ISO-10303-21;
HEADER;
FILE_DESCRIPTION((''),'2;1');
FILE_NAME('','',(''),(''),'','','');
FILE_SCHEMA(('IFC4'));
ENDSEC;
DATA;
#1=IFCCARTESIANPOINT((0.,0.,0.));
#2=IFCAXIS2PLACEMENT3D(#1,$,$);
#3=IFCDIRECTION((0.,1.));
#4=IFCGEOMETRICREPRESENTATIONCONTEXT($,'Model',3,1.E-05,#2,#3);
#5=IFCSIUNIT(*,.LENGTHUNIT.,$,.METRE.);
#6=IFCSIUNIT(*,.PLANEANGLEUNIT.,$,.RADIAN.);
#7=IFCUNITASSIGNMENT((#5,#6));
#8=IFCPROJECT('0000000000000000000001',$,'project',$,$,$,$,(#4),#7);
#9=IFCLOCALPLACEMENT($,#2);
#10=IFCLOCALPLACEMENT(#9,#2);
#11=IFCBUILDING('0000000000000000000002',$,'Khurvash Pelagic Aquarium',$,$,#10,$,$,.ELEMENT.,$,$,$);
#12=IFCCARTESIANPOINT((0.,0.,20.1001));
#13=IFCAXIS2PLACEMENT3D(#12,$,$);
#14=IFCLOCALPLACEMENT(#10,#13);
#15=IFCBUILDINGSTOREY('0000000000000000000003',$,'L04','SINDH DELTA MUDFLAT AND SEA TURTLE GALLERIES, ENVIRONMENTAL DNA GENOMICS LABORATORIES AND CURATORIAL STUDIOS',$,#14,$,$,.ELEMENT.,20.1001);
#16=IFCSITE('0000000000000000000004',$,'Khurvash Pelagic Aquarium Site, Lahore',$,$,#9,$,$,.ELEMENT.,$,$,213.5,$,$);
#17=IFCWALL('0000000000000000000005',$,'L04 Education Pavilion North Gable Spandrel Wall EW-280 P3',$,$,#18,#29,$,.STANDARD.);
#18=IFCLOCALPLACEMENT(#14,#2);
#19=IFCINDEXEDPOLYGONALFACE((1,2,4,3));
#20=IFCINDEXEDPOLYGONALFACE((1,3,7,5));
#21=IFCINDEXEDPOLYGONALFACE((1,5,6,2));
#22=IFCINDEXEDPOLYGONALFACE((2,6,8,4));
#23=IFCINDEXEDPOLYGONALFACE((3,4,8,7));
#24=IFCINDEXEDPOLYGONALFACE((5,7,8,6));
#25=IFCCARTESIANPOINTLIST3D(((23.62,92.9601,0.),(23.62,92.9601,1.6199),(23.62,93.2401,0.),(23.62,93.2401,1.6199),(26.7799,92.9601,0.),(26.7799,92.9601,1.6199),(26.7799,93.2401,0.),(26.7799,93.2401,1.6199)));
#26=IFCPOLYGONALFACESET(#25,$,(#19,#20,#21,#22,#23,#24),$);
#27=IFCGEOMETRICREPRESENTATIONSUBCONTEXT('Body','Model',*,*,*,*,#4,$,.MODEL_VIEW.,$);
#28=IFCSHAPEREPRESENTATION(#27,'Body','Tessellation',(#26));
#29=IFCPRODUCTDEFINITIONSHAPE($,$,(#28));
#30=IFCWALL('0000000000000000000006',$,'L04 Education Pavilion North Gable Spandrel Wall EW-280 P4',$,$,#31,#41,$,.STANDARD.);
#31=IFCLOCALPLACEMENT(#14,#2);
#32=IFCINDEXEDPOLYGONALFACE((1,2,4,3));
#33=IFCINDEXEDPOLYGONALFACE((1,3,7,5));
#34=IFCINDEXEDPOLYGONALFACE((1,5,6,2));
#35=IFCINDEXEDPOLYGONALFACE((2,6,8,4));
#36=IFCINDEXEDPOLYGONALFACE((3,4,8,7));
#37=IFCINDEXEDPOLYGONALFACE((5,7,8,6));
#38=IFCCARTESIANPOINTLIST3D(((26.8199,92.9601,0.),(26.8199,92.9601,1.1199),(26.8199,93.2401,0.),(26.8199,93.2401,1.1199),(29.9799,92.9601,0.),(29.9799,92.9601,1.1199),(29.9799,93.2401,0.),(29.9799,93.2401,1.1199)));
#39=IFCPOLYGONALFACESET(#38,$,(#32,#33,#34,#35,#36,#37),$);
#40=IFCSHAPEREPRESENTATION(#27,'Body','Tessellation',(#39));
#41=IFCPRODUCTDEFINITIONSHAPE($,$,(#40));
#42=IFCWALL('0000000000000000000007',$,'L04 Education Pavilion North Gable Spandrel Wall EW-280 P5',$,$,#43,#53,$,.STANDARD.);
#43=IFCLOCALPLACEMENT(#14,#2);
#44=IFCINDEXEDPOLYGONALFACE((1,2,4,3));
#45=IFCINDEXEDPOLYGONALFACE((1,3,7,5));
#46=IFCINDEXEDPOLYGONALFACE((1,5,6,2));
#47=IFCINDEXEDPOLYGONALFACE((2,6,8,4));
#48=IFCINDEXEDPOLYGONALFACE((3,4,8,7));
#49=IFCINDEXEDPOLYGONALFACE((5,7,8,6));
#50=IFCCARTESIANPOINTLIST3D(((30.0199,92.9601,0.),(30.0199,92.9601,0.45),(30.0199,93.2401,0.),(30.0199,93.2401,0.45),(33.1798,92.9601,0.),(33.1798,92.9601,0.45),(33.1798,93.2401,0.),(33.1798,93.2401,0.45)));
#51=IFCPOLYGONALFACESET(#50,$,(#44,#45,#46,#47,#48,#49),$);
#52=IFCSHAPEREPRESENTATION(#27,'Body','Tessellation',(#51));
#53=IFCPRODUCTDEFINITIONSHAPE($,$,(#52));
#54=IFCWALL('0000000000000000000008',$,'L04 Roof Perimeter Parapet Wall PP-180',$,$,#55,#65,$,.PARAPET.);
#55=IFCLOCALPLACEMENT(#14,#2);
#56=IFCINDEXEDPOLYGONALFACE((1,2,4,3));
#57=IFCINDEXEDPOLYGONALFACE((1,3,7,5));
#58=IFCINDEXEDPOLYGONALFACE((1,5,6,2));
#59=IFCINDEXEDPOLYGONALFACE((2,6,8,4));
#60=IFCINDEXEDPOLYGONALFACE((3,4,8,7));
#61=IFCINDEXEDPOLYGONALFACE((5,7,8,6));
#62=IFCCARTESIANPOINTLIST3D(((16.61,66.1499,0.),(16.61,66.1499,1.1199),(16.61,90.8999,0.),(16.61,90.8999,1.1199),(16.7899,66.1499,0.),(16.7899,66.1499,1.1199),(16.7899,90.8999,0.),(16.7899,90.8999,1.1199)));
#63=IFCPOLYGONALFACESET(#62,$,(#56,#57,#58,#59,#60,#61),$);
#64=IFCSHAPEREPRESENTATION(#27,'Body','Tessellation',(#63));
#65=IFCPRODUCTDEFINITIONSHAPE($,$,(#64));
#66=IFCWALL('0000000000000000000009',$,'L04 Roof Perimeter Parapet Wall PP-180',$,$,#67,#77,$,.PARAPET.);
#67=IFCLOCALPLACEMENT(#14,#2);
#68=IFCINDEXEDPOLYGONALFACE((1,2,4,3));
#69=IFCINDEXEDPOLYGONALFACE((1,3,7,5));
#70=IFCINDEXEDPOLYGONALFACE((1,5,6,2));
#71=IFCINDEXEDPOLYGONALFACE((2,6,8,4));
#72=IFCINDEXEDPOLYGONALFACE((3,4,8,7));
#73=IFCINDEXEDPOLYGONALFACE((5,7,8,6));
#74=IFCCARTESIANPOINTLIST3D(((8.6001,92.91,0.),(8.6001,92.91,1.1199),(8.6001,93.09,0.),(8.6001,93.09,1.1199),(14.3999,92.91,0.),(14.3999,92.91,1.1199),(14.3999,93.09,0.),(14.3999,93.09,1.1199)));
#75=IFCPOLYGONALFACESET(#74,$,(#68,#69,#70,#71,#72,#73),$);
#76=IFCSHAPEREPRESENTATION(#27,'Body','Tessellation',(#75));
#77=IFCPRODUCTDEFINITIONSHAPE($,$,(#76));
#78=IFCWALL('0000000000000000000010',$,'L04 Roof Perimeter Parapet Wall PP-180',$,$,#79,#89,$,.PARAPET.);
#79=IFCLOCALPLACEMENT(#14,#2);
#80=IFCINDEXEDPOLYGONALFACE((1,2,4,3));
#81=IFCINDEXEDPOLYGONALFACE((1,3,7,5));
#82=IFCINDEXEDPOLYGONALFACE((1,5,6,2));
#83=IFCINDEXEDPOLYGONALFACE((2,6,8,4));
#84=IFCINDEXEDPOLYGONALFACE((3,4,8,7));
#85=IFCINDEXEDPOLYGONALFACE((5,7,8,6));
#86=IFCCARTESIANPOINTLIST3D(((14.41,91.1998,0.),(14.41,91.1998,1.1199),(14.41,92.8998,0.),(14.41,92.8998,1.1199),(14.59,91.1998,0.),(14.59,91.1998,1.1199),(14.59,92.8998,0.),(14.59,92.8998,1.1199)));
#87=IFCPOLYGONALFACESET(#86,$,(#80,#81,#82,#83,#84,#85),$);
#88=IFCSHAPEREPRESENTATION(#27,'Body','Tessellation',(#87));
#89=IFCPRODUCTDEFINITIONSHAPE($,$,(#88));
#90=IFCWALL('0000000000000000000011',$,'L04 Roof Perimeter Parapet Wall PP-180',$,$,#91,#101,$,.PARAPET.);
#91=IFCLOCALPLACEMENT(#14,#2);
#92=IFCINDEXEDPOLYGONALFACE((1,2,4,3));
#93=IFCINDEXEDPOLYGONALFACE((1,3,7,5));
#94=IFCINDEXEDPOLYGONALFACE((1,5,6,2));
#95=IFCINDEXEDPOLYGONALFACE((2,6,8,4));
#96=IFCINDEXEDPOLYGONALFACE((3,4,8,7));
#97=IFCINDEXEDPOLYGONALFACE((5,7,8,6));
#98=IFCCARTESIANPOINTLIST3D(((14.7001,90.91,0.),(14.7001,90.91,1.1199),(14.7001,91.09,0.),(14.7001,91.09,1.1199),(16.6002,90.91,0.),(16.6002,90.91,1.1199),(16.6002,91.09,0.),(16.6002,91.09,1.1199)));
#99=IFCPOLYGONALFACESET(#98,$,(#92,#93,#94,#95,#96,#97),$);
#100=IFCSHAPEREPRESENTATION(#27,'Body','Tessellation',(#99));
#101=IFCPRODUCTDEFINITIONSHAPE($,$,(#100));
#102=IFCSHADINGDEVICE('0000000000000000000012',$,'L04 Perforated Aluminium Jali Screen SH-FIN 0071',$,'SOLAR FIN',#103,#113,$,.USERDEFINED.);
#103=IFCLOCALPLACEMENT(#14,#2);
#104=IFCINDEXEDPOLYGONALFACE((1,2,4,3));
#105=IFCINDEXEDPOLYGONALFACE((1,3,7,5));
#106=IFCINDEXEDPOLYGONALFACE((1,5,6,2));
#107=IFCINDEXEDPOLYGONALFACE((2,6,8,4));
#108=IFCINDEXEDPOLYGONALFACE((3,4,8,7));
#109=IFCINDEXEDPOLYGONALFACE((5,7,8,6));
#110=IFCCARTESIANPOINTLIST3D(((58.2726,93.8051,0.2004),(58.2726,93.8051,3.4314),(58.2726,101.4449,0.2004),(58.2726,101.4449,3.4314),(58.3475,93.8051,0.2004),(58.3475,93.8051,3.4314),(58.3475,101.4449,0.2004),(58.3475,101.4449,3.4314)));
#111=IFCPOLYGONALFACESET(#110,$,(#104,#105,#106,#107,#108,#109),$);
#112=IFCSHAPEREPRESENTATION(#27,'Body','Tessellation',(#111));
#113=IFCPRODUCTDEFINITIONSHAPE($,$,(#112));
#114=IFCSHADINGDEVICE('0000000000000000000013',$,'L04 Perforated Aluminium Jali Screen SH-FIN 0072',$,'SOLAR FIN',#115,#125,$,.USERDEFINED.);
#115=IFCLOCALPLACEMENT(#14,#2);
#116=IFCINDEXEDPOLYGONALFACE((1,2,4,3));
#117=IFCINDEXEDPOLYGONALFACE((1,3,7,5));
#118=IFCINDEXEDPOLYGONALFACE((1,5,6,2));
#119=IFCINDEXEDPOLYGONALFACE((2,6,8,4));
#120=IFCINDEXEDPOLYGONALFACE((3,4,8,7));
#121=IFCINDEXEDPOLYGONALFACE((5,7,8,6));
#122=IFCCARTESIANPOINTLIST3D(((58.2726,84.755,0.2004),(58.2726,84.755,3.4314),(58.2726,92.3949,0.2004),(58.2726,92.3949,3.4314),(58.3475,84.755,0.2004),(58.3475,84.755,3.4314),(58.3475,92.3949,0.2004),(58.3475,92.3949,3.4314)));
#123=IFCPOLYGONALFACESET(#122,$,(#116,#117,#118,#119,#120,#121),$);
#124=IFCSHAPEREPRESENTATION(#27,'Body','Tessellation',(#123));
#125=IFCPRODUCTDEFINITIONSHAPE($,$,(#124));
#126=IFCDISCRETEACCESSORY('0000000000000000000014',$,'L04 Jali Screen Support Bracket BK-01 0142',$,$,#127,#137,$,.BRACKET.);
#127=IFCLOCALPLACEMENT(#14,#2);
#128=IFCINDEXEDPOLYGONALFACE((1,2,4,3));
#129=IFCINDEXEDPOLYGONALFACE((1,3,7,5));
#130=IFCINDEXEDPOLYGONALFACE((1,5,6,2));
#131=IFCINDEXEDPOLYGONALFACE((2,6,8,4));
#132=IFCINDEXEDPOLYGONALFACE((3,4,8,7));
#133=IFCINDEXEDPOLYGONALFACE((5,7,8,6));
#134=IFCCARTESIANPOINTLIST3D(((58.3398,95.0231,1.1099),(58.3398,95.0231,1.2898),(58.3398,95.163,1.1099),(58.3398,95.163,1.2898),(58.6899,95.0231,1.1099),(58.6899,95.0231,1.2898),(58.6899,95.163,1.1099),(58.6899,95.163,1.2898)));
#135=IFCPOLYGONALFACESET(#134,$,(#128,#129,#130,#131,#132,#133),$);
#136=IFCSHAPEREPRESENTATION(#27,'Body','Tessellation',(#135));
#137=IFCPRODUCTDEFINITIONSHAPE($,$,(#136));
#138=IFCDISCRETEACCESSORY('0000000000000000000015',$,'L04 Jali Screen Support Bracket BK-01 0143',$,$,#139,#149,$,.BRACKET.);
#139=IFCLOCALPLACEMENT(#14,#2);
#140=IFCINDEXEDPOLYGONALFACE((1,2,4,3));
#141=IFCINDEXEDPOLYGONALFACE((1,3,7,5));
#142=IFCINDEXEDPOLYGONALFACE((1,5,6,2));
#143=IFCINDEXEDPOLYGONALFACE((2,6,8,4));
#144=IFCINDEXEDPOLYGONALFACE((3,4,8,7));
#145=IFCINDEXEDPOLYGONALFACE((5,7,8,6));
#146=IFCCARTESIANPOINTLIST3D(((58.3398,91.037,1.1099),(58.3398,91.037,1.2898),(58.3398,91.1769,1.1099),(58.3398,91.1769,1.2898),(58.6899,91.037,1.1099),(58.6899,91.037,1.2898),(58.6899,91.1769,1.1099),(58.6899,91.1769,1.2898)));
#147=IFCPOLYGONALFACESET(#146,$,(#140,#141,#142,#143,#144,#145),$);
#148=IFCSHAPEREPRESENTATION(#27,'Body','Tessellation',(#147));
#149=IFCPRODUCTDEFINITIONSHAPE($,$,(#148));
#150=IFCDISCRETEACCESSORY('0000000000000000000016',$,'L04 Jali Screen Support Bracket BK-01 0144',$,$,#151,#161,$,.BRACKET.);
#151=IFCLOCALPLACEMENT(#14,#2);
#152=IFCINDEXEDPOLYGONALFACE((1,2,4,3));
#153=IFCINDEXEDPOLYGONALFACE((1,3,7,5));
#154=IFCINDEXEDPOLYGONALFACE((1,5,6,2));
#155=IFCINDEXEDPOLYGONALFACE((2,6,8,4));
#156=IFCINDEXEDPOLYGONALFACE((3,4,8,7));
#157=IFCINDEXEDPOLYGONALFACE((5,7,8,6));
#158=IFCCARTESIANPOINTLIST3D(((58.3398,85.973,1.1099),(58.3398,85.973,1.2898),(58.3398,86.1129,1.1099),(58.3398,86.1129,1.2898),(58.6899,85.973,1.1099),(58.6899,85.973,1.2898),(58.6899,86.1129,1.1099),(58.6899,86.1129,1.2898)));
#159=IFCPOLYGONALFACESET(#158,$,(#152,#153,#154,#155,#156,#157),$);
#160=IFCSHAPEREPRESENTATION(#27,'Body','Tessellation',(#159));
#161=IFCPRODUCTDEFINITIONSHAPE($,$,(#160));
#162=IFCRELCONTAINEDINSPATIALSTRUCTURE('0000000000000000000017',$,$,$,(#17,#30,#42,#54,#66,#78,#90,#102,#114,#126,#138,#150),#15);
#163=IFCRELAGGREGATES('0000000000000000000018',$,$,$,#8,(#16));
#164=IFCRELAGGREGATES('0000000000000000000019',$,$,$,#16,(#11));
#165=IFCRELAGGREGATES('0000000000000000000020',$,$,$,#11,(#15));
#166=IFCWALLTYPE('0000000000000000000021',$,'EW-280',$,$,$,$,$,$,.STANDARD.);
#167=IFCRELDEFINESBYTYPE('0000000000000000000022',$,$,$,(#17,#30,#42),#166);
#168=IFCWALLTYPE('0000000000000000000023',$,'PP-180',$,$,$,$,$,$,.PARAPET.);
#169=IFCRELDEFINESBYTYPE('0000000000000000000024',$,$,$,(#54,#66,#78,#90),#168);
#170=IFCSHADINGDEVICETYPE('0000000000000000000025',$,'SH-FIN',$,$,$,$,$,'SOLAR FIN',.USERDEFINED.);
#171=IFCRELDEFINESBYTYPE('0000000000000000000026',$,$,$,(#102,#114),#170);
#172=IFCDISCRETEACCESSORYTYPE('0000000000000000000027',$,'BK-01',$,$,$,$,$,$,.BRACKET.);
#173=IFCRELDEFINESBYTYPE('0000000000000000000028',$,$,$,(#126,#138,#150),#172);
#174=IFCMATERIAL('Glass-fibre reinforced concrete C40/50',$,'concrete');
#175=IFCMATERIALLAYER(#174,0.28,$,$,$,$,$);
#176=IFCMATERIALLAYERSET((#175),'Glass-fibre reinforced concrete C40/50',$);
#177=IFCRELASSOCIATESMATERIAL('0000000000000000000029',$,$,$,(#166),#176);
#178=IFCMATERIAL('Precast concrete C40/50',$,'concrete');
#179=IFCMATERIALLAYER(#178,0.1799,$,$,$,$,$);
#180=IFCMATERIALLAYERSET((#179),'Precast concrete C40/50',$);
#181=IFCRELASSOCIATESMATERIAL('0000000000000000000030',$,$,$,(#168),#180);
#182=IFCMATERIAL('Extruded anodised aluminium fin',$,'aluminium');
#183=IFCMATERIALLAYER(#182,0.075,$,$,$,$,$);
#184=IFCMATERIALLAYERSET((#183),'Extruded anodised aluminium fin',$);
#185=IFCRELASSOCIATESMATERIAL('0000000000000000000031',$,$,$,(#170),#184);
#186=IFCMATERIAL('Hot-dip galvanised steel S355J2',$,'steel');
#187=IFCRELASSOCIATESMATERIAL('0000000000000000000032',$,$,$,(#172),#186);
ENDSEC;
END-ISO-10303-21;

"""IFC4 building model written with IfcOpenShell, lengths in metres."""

from ifc_helpers import new_model, si_unit, direction, frame, frame_2d, origin, origin_2d, place, context, subcontext, project, spatial, rectangle, extrude, material, layer, layer_set, type_object, element, save


model = new_model("IFC4")

# Units and contexts
model_context = context("Model", 3, precision=1e-05, world=origin(), true_north=direction((0.0, 1.0)))
body_context = subcontext(model_context, "Body", "Model", "MODEL_VIEW")
ifc_project = project(units=[si_unit("LENGTHUNIT", "METRE"), si_unit("PLANEANGLEUNIT", "RADIAN")], contexts=[model_context])

# Site, building, storey
site_placement = place(None, origin())
site = spatial("IfcSite", under=ifc_project, at=site_placement, Name="Khurvash Pelagic Aquarium Site, Lahore", CompositionType="ELEMENT", RefElevation=213.5)
building_placement = place(site_placement, origin())
building = spatial("IfcBuilding", under=site, at=building_placement, Name="Khurvash Pelagic Aquarium", CompositionType="ELEMENT")
storey_placement = place(building_placement, frame((0.0, 0.0, 20.1001)))
storey = spatial("IfcBuildingStorey", under=building, at=storey_placement, Name="L04", Description="SINDH DELTA MUDFLAT AND SEA TURTLE GALLERIES, ENVIRONMENTAL DNA GENOMICS LABORATORIES AND CURATORIAL STUDIOS", CompositionType="ELEMENT", Elevation=20.1001)

# Walls
ifc_material_1 = material(Name="Glass-fibre reinforced concrete C40/50", Category="concrete")
ifc_layer_1 = layer(ifc_material_1, 0.28)
ifc_layer_set_1 = layer_set([ifc_layer_1], Name="Glass-fibre reinforced concrete C40/50")
wall_type_1 = type_object("IfcWallType", Name="EW-280", PredefinedType="STANDARD", material=ifc_layer_set_1)
wall_1_placement = place(storey_placement, frame((26.78, 93.1001, 0.0), z_axis=(0.0, 0.0, 1.0), x_axis=(-1.0, 0.0, 0.0)))
element("IfcWall", 1, at=wall_1_placement, inside=storey, type_object=wall_type_1, Name="L04 Education Pavilion North Gable Spandrel Wall EW-280 P3", PredefinedType="STANDARD", context=body_context, shape_type="SweptSolid", body=[
    extrude(rectangle(XDim=3.1599, YDim=0.28, at=frame_2d((1.5801, 0.0))), origin(), (0.0, 0.0, 1.0), 1.6199),
])
wall_2_placement = place(storey_placement, frame((29.98, 93.1001, 0.0), z_axis=(0.0, 0.0, 1.0), x_axis=(-1.0, 0.0, 0.0)))
element("IfcWall", 2, at=wall_2_placement, inside=storey, type_object=wall_type_1, Name="L04 Education Pavilion North Gable Spandrel Wall EW-280 P4", PredefinedType="STANDARD", context=body_context, shape_type="SweptSolid", body=[
    extrude(rectangle(XDim=3.1599, YDim=0.28, at=frame_2d((1.5801, 0.0))), origin(), (0.0, 0.0, 1.0), 1.1199),
])
wall_3_placement = place(storey_placement, frame((33.1799, 93.1001, 0.0), z_axis=(0.0, 0.0, 1.0), x_axis=(-1.0, 0.0, 0.0)))
element("IfcWall", 3, at=wall_3_placement, inside=storey, type_object=wall_type_1, Name="L04 Education Pavilion North Gable Spandrel Wall EW-280 P5", PredefinedType="STANDARD", context=body_context, shape_type="SweptSolid", body=[
    extrude(rectangle(XDim=3.1599, YDim=0.28, at=frame_2d((1.5801, 0.0))), origin(), (0.0, 0.0, 1.0), 0.45),
])
ifc_material_2 = material(Name="Precast concrete C40/50", Category="concrete")
ifc_layer_2 = layer(ifc_material_2, 0.1799)
ifc_layer_set_2 = layer_set([ifc_layer_2], Name="Precast concrete C40/50")
wall_type_2 = type_object("IfcWallType", Name="PP-180", PredefinedType="PARAPET", material=ifc_layer_set_2)
wall_4_placement = place(storey_placement, frame((16.7, 90.8999, 0.0), z_axis=(0.0, 0.0, 1.0), x_axis=(0.0, -1.0, 0.0)))
element("IfcWall", 4, at=wall_4_placement, inside=storey, type_object=wall_type_2, Name="L04 Roof Perimeter Parapet Wall PP-180", PredefinedType="PARAPET", context=body_context, shape_type="SweptSolid", body=[
    extrude(rectangle(XDim=24.75, YDim=0.1799, at=frame_2d((12.375, 0.0))), origin(), (0.0, 0.0, 1.0), 1.1199),
])
wall_5_placement = place(storey_placement, frame((8.6001, 93.0, 0.0), z_axis=(0.0, 0.0, 1.0), x_axis=(1.0, 0.0, 0.0)))
element("IfcWall", 5, at=wall_5_placement, inside=storey, type_object=wall_type_2, Name="L04 Roof Perimeter Parapet Wall PP-180", PredefinedType="PARAPET", context=body_context, shape_type="SweptSolid", body=[
    extrude(rectangle(XDim=5.7998, YDim=0.1799, at=frame_2d((2.8999, 0.0))), origin(), (0.0, 0.0, 1.0), 1.1199),
])
wall_6_placement = place(storey_placement, frame((14.5, 92.8999, 0.0), z_axis=(0.0, 0.0, 1.0), x_axis=(0.0, -1.0, 0.0)))
element("IfcWall", 6, at=wall_6_placement, inside=storey, type_object=wall_type_2, Name="L04 Roof Perimeter Parapet Wall PP-180", PredefinedType="PARAPET", context=body_context, shape_type="SweptSolid", body=[
    extrude(rectangle(XDim=1.7, YDim=0.1799, at=frame_2d((0.8501, 0.0))), origin(), (0.0, 0.0, 1.0), 1.1199),
])
wall_7_placement = place(storey_placement, frame((14.7, 91.0, 0.0), z_axis=(0.0, 0.0, 1.0), x_axis=(1.0, 0.0, 0.0)))
element("IfcWall", 7, at=wall_7_placement, inside=storey, type_object=wall_type_2, Name="L04 Roof Perimeter Parapet Wall PP-180", PredefinedType="PARAPET", context=body_context, shape_type="SweptSolid", body=[
    extrude(rectangle(XDim=1.9001, YDim=0.1799, at=frame_2d((0.9502, 0.0))), origin(), (0.0, 0.0, 1.0), 1.1199),
])

# Shading devices
ifc_material_3 = material(Name="Extruded anodised aluminium fin", Category="aluminium")
ifc_layer_3 = layer(ifc_material_3, 0.075)
ifc_layer_set_3 = layer_set([ifc_layer_3], Name="Extruded anodised aluminium fin")
shading_device_type = type_object("IfcShadingDeviceType", Name="SH-FIN", ElementType="SOLAR FIN", PredefinedType="USERDEFINED", material=ifc_layer_set_3)
for number, where, z_axis, x_axis, name in (
    (8, (58.3101, 97.625, 0.2004), (0.0, 0.0, 1.0), (0.0, -1.0, 0.0), "L04 Perforated Aluminium Jali Screen SH-FIN 0071"),
    (9, (58.3101, 88.575, 0.2004), (0.0, 0.0, 1.0), (0.0, -1.0, 0.0), "L04 Perforated Aluminium Jali Screen SH-FIN 0072"),
):
    element("IfcShadingDevice", number, at=place(storey_placement, frame(where, z_axis=z_axis, x_axis=x_axis)), inside=storey, type_object=shading_device_type, Name=name, ObjectType="SOLAR FIN", PredefinedType="USERDEFINED", context=body_context, shape_type="SweptSolid", body=[
        extrude(rectangle(XDim=7.6399, YDim=0.075, at=origin_2d()), origin(), (0.0, 0.0, 1.0), 3.231),
    ])

# Discrete accessories
ifc_material_4 = material(Name="Hot-dip galvanised steel S355J2", Category="steel")
discrete_accessory_type = type_object("IfcDiscreteAccessoryType", Name="BK-01", PredefinedType="BRACKET", material=ifc_material_4)
for number, where, z_axis, x_axis, name in (
    (10, (58.5149, 95.093, 1.1099), (0.0, 0.0, 1.0), (0.0, -1.0, 0.0), "L04 Jali Screen Support Bracket BK-01 0142"),
    (11, (58.5149, 91.1069, 1.1099), (0.0, 0.0, 1.0), (0.0, -1.0, 0.0), "L04 Jali Screen Support Bracket BK-01 0143"),
    (12, (58.5149, 86.043, 1.1099), (0.0, 0.0, 1.0), (0.0, -1.0, 0.0), "L04 Jali Screen Support Bracket BK-01 0144"),
):
    element("IfcDiscreteAccessory", number, at=place(storey_placement, frame(where, z_axis=z_axis, x_axis=x_axis)), inside=storey, type_object=discrete_accessory_type, Name=name, PredefinedType="BRACKET", context=body_context, shape_type="SweptSolid", body=[
        extrude(rectangle(XDim=0.1399, YDim=0.3501, at=origin_2d()), origin(), (0.0, 0.0, 1.0), 0.1799),
    ])

save(model, "model.ifc")
